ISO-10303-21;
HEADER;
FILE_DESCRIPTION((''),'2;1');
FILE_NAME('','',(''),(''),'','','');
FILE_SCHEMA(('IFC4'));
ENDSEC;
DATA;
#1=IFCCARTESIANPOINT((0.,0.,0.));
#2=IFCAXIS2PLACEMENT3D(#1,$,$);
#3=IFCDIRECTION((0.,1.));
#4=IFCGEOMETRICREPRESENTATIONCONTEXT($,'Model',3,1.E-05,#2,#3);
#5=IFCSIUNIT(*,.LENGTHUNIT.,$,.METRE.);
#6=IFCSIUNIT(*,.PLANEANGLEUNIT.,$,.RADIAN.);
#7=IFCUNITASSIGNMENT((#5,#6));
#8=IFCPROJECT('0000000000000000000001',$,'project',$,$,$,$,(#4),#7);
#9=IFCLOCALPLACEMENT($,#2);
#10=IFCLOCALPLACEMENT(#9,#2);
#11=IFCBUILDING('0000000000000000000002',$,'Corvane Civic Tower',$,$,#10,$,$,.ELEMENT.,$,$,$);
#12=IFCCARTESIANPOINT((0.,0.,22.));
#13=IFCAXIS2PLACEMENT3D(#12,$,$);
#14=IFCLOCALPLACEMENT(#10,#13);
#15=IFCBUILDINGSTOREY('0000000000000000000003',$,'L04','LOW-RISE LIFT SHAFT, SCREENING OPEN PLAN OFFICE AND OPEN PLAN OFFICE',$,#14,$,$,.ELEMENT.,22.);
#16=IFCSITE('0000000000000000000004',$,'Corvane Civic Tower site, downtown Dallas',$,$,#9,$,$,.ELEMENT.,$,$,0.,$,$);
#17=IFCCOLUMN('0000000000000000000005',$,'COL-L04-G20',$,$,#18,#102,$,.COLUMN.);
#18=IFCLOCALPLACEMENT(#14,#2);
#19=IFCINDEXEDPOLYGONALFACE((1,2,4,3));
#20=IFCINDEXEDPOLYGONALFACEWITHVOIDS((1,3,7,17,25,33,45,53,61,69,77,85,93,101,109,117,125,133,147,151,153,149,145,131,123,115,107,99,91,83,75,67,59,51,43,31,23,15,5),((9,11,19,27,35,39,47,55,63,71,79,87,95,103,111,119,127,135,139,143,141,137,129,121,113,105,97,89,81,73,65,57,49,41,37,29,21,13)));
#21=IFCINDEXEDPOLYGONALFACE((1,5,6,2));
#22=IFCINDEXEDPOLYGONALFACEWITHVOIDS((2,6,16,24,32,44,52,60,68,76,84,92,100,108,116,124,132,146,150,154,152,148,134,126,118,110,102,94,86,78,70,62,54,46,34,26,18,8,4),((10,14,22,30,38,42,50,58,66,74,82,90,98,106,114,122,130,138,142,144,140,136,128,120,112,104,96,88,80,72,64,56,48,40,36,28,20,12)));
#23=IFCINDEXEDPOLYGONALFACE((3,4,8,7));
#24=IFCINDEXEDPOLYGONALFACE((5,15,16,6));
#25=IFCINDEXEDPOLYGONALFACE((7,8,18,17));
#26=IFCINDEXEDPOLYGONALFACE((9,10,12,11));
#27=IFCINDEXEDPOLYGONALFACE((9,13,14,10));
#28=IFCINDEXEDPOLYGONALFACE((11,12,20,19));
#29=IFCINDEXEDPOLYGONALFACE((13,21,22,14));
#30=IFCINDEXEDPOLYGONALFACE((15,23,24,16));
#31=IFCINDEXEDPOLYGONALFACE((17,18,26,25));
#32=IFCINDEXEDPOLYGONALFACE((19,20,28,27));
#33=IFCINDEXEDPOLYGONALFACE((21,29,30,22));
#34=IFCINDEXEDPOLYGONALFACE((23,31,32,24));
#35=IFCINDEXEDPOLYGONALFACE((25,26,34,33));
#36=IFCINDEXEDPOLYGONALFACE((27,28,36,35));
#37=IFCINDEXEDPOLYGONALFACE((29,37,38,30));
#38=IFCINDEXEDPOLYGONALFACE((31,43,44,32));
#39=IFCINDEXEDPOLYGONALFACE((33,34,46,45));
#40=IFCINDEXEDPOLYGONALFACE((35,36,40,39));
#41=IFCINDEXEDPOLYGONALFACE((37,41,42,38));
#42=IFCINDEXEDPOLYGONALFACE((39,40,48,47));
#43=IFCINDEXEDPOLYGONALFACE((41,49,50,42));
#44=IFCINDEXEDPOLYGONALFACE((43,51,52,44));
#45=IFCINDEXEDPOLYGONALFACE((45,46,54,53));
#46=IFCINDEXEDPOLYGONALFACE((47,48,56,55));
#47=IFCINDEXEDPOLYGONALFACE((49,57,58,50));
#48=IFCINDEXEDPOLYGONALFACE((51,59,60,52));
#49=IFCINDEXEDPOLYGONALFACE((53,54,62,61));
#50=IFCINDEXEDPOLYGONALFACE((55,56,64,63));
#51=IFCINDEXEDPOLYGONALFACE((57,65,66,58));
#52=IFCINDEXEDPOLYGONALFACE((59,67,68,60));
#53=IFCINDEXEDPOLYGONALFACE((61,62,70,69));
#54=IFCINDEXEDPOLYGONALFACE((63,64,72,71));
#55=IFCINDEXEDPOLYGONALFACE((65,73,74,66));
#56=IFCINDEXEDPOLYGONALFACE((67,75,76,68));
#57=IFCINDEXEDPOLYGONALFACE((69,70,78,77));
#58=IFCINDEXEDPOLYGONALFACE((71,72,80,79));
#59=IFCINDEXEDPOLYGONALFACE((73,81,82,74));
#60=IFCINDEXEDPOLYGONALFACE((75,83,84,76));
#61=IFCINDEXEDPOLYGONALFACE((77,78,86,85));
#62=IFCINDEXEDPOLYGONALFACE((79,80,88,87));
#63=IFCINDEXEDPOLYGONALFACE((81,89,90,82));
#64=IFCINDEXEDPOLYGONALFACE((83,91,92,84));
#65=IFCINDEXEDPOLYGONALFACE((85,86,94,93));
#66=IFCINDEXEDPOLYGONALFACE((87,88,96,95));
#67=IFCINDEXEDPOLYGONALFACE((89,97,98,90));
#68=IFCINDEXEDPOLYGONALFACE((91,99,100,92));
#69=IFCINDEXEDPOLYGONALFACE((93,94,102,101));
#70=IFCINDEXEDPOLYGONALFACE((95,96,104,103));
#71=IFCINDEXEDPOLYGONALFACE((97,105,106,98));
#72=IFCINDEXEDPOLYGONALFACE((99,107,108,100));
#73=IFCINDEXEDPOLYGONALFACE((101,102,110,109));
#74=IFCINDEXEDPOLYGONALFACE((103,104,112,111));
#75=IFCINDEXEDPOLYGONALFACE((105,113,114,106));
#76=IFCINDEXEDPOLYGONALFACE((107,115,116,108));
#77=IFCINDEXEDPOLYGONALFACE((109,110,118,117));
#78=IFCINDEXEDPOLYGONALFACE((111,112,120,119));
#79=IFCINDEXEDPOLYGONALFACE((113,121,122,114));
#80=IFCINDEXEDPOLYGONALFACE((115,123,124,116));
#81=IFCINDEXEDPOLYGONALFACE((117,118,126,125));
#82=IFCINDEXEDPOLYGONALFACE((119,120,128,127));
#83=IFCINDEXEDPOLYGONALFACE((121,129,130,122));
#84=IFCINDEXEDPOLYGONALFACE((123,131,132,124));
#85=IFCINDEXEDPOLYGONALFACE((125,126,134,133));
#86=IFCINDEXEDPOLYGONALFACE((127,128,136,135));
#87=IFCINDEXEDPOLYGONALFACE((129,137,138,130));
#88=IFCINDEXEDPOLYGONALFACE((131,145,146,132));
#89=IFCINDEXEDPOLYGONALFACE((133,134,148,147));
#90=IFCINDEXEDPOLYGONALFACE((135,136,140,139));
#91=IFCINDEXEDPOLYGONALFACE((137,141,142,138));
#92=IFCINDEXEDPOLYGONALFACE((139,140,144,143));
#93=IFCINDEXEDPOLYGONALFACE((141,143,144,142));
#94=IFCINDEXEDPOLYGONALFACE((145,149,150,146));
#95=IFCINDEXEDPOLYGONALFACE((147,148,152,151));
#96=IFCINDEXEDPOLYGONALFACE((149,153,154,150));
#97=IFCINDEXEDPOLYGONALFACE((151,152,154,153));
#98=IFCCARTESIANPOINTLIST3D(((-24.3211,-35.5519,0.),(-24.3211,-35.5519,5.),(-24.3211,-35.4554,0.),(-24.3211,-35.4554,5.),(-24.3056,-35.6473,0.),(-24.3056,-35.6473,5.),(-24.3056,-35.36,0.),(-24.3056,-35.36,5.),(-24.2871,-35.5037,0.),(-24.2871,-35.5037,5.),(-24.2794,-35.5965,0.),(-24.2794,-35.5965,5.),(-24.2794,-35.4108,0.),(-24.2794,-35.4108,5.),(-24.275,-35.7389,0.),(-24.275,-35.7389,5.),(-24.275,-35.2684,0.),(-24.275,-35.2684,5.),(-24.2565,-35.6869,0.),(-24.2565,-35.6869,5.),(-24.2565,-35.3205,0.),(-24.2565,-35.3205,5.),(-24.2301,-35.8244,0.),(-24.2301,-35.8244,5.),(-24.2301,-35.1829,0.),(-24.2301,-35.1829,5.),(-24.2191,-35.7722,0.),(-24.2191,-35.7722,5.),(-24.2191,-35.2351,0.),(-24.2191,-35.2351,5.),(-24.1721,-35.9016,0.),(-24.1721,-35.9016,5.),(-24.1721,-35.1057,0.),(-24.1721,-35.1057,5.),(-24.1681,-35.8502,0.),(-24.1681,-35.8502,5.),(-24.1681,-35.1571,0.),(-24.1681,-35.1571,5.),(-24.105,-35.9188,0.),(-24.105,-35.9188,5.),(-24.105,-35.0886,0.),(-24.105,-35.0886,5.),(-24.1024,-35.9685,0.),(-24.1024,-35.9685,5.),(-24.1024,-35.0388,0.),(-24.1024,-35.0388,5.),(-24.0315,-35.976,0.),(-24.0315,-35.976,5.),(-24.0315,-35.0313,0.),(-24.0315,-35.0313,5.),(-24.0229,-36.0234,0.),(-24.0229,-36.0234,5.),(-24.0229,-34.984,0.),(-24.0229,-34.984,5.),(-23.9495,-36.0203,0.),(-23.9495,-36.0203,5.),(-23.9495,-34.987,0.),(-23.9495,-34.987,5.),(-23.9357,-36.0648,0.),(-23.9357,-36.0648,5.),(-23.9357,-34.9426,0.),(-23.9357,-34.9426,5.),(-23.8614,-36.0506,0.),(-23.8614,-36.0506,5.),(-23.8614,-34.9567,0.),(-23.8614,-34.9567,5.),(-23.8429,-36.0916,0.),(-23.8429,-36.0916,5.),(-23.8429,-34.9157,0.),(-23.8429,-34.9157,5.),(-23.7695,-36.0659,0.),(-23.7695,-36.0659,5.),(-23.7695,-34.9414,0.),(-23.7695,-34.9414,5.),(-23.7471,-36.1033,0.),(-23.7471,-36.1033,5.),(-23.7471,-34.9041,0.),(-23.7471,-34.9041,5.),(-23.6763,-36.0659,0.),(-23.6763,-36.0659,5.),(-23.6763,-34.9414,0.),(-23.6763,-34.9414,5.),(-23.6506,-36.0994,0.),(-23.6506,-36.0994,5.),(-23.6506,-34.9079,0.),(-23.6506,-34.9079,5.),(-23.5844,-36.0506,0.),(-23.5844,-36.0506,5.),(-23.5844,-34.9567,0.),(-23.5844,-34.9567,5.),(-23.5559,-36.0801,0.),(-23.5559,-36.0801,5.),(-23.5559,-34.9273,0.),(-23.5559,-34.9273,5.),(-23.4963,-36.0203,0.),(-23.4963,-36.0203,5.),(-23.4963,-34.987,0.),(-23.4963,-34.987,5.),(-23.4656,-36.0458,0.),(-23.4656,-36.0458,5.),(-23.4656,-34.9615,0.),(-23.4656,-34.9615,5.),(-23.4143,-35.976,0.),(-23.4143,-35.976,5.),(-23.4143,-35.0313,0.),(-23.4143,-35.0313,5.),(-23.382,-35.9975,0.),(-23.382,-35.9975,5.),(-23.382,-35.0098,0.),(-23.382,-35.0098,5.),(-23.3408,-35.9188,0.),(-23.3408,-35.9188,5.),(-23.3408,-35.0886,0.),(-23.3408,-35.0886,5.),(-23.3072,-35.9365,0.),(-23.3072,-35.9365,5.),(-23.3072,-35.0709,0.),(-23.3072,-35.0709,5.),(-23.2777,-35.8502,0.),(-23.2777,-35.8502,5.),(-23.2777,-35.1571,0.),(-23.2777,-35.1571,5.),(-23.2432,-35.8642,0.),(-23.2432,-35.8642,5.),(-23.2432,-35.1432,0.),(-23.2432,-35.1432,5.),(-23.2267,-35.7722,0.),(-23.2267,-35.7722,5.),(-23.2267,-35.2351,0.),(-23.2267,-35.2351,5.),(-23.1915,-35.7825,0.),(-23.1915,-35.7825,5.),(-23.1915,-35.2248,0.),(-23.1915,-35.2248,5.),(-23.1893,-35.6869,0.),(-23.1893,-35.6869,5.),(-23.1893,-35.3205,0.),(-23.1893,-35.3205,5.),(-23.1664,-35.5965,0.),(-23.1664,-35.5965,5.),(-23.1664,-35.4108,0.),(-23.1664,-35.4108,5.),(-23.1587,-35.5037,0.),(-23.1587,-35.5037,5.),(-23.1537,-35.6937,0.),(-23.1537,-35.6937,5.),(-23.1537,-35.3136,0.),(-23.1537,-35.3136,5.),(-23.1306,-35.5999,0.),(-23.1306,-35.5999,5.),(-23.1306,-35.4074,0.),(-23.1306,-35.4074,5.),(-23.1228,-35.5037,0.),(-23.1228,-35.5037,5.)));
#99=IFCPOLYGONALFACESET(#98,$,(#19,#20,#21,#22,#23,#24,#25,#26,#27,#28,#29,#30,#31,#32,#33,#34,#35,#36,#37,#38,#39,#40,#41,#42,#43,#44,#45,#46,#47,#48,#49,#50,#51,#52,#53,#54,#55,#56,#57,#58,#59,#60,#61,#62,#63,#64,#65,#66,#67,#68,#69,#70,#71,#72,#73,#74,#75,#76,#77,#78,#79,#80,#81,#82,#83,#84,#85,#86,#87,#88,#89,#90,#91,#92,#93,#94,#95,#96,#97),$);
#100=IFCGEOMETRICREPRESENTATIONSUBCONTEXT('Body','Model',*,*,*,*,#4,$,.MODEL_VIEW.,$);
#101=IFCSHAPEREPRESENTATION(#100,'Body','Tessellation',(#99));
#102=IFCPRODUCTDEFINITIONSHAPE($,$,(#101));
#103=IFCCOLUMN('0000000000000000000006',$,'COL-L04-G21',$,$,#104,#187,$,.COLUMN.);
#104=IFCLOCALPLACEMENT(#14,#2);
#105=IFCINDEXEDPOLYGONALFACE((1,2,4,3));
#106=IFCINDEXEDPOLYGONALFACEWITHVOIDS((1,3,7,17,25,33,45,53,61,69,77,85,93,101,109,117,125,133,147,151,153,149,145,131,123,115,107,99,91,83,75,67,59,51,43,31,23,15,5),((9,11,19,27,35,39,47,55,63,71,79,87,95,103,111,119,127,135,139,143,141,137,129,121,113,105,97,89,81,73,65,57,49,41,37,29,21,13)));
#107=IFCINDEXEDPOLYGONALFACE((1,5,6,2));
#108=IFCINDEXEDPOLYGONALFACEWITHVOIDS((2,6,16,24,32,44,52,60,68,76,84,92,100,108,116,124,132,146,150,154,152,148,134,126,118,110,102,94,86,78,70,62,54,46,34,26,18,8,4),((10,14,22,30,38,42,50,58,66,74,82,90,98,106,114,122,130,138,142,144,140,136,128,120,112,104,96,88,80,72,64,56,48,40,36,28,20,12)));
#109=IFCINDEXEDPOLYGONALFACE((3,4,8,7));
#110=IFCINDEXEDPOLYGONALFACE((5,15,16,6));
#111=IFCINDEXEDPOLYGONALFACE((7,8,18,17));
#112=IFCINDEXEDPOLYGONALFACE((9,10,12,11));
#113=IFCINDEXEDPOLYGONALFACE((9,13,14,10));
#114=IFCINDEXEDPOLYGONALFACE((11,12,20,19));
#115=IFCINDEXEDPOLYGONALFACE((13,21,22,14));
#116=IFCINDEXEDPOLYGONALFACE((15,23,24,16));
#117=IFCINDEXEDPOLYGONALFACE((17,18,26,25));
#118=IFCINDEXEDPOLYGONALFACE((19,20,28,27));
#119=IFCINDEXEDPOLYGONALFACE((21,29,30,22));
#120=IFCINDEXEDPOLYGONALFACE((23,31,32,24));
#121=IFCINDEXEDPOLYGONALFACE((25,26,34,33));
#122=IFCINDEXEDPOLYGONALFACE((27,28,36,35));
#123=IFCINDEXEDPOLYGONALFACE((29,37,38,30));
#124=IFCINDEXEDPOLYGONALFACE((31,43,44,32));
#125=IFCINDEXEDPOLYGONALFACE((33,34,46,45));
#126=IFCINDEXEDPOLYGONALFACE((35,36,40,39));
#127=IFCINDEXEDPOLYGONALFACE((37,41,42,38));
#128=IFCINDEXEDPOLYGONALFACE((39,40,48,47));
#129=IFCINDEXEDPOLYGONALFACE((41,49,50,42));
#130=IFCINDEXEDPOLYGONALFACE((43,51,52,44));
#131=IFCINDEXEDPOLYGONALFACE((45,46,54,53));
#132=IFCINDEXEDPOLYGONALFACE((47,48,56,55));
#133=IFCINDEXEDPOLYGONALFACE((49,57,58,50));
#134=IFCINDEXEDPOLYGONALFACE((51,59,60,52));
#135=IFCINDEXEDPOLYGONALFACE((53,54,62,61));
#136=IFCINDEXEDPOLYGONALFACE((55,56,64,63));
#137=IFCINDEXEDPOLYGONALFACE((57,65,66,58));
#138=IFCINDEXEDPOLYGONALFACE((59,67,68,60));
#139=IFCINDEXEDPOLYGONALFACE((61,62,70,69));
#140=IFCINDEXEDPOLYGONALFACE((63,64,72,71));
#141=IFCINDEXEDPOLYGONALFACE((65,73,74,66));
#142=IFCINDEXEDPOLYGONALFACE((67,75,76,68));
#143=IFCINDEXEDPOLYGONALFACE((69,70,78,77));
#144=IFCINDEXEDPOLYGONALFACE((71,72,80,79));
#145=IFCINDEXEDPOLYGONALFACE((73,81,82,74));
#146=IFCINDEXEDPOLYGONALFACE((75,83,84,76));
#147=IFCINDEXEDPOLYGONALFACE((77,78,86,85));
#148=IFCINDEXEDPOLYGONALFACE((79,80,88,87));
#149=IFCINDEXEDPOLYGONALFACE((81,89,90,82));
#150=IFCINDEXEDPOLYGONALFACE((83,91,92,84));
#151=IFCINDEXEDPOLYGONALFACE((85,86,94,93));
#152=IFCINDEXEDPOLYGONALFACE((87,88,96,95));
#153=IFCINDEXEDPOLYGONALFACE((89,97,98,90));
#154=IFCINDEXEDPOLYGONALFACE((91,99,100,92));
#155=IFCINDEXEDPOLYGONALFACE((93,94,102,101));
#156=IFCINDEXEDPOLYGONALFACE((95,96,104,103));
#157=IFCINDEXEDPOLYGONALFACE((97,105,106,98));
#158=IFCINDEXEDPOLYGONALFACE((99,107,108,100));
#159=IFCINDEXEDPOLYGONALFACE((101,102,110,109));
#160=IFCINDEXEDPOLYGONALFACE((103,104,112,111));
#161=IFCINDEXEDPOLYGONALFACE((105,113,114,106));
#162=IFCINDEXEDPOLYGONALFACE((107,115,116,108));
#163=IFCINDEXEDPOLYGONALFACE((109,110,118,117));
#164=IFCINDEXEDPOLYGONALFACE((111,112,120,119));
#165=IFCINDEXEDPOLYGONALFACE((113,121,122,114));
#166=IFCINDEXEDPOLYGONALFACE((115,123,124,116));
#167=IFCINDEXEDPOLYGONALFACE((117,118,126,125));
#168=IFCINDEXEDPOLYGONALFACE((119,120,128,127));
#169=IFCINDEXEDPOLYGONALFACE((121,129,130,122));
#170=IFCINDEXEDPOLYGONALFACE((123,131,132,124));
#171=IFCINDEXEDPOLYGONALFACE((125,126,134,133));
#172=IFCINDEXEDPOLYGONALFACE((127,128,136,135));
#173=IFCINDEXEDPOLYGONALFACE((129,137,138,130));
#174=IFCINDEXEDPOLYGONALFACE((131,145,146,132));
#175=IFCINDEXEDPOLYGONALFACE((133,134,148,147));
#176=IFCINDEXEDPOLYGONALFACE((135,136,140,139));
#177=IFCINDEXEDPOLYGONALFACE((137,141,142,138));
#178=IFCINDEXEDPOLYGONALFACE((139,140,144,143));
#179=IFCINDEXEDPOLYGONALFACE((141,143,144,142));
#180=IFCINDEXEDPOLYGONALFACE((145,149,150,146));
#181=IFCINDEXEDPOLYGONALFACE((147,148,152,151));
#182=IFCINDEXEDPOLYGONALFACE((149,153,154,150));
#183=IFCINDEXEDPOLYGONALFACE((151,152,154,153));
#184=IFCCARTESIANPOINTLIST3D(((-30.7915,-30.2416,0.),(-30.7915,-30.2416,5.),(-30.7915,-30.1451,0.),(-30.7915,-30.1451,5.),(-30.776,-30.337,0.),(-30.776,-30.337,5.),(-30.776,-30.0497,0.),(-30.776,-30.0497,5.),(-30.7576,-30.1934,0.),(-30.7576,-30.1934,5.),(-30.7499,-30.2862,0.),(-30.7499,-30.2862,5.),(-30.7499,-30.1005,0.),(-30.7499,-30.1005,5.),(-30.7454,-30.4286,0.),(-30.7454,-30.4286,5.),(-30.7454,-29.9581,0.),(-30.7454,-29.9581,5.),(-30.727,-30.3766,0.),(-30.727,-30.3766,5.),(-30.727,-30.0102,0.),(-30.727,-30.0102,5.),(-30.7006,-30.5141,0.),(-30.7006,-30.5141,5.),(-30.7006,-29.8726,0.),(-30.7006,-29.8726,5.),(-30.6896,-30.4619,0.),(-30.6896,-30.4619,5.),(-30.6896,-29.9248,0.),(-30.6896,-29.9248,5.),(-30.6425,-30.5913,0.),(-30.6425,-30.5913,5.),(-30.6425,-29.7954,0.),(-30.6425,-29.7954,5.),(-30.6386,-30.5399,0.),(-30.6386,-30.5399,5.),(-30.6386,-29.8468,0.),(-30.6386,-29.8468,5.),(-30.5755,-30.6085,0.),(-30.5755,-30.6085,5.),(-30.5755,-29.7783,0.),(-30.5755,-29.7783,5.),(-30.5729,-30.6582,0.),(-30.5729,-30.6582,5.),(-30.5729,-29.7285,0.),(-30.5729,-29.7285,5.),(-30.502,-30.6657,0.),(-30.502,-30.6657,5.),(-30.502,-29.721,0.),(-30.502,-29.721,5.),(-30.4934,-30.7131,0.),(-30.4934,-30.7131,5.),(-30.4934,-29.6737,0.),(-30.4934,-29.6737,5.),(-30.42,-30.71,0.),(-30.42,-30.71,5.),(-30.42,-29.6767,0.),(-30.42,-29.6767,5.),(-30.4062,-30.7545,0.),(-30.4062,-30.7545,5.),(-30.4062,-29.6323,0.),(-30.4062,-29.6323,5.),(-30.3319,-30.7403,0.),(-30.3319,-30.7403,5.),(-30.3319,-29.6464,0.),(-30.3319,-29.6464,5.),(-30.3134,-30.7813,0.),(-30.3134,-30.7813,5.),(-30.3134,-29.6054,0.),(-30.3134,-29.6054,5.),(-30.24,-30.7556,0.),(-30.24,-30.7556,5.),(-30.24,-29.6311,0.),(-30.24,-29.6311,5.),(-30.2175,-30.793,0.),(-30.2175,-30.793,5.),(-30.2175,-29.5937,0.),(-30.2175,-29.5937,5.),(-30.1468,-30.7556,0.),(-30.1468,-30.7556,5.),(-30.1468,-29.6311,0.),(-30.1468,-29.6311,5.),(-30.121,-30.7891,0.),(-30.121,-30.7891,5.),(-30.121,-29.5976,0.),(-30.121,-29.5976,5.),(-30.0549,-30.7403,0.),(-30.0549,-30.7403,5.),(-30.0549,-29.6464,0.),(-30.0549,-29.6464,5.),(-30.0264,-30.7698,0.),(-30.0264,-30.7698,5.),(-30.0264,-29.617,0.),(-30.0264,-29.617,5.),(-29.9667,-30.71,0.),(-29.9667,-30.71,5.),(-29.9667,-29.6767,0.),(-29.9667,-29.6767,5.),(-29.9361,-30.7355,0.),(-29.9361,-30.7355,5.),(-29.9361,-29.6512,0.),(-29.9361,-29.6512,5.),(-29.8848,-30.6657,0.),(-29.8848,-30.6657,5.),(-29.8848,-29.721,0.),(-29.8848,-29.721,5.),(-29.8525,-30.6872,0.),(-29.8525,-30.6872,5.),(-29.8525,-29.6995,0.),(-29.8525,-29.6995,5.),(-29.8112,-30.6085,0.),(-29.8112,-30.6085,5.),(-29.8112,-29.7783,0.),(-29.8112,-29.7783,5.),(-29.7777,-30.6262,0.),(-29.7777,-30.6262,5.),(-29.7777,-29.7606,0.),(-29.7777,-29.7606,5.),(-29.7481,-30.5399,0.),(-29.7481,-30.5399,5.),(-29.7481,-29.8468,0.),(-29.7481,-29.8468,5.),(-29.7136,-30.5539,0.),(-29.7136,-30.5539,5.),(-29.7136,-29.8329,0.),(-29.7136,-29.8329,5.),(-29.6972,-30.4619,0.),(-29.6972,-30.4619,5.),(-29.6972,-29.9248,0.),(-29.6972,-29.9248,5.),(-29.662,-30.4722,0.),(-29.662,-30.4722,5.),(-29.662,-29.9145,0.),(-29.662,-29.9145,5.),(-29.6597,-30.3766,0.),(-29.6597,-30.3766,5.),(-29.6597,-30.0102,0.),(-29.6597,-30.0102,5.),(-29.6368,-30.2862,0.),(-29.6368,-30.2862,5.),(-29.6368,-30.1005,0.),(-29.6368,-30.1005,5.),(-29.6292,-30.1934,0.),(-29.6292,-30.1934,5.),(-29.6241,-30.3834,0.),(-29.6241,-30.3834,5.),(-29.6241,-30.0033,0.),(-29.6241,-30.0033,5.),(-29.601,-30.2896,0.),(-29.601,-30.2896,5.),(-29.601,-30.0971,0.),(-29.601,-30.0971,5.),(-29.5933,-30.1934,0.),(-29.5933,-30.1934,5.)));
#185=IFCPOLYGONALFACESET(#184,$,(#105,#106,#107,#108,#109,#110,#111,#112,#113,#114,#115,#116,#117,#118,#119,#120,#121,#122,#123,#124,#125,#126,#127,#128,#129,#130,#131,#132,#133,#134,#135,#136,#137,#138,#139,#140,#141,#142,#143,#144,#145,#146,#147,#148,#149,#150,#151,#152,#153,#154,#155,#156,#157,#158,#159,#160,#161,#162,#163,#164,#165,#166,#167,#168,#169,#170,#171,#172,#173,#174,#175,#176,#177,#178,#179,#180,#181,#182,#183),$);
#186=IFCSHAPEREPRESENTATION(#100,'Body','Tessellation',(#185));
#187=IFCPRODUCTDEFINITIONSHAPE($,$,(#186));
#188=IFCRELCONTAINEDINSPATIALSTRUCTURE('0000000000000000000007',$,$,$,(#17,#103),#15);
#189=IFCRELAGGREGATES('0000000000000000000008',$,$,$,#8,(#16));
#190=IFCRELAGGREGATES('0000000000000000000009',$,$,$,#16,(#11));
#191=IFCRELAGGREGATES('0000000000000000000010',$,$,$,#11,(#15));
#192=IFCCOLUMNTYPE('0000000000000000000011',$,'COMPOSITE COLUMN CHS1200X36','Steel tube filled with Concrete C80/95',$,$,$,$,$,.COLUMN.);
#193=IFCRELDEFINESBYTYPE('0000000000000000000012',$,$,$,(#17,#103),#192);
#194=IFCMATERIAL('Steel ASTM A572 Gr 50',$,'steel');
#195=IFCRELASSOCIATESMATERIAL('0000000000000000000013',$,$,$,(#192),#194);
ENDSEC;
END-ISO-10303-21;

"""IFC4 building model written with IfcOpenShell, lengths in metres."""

from ifc_helpers import new_model, si_unit, direction, frame, origin, origin_2d, place, context, subcontext, project, spatial, hollow_circle, extrude, material, material_profile, profile_set, type_object, element, save


model = new_model("IFC4")

# Units and contexts
model_context = context("Model", 3, precision=1e-05, world=origin(), true_north=direction((0.0, 1.0)))
body_context = subcontext(model_context, "Body", "Model", "MODEL_VIEW")
ifc_project = project(units=[si_unit("LENGTHUNIT", "METRE"), si_unit("PLANEANGLEUNIT", "RADIAN")], contexts=[model_context])

# Site, building, storey
site_placement = place(None, origin())
site = spatial("IfcSite", under=ifc_project, at=site_placement, Name="Corvane Civic Tower site, downtown Dallas", CompositionType="ELEMENT", RefElevation=0.0)
building_placement = place(site_placement, origin())
building = spatial("IfcBuilding", under=site, at=building_placement, Name="Corvane Civic Tower", CompositionType="ELEMENT")
storey_placement = place(building_placement, frame((0.0, 0.0, 22.0)))
storey = spatial("IfcBuildingStorey", under=building, at=storey_placement, Name="L04", Description="LOW-RISE LIFT SHAFT, SCREENING OPEN PLAN OFFICE AND OPEN PLAN OFFICE", CompositionType="ELEMENT", Elevation=22.0)

# Columns
ifc_material_1 = material(Name="Steel ASTM A572 Gr 50", Category="steel")
ifc_material_profile_1 = material_profile(ifc_material_1, hollow_circle(Radius=0.6001, WallThickness=0.0359, at=origin_2d()), Name="CHS1200X36")
ifc_profile_set_1 = profile_set([ifc_material_profile_1], Name="Steel ASTM A572 Gr 50")
column_type = type_object("IfcColumnType", Name="COMPOSITE COLUMN CHS1200X36", Description="Steel tube filled with Concrete C80/95", PredefinedType="COLUMN", material=ifc_profile_set_1)
for number, where, z_axis, x_axis, name in (
    (1, (-23.7229, -35.5037, 0.0), (0.0, 0.0, 1.0), (1.0, 0.0, 0.0), "COL-L04-G20"),
    (2, (-30.1934, -30.1934, 0.0), (0.0, 0.0, 1.0), (1.0, 0.0, 0.0), "COL-L04-G21"),
):
    element("IfcColumn", number, at=place(storey_placement, frame(where, z_axis=z_axis, x_axis=x_axis)), inside=storey, type_object=column_type, Name=name, PredefinedType="COLUMN", context=body_context, shape_type="SweptSolid", body=[
        extrude(hollow_circle(Radius=0.6001, WallThickness=0.0359, at=origin_2d()), origin(), (0.0, 0.0, 1.0), 5.0),
    ])

save(model, "model.ifc")
